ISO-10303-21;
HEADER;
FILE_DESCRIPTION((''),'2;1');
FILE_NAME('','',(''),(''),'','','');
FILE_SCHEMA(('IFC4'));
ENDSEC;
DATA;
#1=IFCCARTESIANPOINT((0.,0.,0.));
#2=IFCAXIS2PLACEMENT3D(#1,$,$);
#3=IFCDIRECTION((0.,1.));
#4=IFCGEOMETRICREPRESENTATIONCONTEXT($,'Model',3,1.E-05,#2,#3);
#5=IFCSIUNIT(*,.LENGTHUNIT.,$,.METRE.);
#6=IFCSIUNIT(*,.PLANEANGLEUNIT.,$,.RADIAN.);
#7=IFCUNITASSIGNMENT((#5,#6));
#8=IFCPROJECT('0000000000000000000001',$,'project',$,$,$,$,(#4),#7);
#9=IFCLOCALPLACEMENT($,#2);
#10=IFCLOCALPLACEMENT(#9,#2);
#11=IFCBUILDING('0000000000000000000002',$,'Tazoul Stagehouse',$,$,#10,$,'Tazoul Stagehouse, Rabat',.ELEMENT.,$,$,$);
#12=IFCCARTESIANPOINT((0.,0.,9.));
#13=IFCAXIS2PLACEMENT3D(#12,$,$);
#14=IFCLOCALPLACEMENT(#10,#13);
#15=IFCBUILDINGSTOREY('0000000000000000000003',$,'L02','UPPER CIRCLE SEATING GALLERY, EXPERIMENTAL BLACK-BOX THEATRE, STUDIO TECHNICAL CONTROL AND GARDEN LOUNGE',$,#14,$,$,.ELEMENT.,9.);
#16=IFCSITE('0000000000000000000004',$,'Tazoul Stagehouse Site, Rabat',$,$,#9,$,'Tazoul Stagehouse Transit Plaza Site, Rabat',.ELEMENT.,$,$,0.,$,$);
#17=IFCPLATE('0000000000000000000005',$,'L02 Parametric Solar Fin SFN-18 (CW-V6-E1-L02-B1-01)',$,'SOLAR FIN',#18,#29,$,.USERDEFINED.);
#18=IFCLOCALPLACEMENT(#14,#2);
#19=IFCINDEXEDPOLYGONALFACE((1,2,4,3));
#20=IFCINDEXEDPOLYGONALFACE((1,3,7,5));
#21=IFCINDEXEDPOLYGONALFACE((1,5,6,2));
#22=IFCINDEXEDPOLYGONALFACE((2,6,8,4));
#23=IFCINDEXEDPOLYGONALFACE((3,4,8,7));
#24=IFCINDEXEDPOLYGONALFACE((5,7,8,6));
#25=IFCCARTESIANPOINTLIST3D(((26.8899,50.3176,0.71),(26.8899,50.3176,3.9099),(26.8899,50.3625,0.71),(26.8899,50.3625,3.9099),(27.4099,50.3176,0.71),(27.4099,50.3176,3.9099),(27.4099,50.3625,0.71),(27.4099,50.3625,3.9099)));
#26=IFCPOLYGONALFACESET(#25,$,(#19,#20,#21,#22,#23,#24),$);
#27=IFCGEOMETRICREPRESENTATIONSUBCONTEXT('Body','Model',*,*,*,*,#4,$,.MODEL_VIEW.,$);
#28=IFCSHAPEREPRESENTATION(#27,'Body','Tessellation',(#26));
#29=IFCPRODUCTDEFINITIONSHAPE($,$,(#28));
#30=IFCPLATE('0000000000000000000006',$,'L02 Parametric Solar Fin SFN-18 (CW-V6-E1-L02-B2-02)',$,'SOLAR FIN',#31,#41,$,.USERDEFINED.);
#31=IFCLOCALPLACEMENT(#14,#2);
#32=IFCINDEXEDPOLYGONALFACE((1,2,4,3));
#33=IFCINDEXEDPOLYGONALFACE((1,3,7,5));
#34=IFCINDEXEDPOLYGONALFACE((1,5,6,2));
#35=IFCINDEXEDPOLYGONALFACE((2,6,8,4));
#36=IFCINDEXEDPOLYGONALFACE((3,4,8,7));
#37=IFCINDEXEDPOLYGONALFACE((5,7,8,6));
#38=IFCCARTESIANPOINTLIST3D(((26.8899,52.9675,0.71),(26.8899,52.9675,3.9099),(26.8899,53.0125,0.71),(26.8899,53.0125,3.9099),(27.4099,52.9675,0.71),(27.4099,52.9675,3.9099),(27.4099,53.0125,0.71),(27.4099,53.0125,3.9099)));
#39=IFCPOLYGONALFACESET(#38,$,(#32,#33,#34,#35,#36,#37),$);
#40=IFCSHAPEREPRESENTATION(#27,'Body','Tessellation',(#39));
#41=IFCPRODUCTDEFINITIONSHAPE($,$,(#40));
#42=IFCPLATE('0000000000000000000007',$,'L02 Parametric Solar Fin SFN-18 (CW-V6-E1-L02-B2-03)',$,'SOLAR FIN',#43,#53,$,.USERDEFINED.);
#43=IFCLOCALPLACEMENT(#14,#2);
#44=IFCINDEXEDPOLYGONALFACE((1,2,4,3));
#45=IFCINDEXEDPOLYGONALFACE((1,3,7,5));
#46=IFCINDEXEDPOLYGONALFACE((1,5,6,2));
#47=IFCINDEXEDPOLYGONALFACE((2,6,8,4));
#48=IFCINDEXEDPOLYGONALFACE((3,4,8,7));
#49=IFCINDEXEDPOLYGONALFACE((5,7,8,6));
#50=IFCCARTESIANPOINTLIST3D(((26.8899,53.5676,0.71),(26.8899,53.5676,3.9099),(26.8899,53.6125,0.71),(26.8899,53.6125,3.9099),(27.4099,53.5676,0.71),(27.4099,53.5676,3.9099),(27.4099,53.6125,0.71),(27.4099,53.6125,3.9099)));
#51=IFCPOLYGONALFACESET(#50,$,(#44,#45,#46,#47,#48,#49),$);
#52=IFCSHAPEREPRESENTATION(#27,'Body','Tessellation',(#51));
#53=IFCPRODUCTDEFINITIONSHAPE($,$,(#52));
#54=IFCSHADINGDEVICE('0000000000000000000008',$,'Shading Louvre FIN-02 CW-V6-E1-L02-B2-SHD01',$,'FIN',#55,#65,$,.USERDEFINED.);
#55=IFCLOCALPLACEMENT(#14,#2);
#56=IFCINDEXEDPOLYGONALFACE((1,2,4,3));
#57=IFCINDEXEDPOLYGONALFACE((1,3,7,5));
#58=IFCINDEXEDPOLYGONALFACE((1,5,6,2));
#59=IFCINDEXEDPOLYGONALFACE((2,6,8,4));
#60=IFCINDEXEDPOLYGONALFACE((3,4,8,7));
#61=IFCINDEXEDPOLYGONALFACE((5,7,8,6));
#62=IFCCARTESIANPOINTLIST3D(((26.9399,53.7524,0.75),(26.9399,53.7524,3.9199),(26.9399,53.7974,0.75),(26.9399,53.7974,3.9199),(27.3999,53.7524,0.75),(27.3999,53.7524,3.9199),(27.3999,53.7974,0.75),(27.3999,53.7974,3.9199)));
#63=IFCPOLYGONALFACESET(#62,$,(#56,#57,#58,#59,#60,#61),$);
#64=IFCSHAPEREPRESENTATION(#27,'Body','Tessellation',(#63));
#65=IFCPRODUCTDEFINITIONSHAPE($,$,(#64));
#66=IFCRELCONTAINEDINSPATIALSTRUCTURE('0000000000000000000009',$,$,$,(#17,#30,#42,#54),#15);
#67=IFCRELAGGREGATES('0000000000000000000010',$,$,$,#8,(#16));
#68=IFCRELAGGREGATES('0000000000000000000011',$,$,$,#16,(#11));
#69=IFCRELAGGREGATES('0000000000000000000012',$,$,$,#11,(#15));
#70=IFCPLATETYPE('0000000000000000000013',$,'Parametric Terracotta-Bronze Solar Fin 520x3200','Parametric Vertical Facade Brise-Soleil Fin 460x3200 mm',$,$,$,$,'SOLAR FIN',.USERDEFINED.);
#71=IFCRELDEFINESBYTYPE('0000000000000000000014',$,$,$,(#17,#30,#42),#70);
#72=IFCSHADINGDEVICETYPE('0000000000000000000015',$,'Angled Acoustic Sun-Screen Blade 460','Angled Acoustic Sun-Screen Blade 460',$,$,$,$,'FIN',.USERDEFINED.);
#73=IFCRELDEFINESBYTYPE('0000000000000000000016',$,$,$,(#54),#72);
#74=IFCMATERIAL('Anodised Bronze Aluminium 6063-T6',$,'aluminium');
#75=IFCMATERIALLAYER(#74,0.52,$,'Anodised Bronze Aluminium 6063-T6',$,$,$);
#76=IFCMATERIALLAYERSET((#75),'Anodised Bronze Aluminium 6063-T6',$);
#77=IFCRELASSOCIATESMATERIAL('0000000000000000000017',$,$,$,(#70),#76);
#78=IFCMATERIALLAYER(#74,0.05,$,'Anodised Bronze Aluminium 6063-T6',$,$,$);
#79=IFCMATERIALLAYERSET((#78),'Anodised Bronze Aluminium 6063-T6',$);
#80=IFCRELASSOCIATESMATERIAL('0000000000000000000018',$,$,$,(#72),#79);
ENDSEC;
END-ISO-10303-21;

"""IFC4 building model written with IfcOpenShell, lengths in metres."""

from ifc_helpers import new_model, si_unit, direction, frame, origin, origin_2d, place, context, subcontext, project, spatial, rectangle, extrude, material, layer, layer_set, type_object, element, save


model = new_model("IFC4")

# Units and contexts
model_context = context("Model", 3, precision=1e-05, world=origin(), true_north=direction((0.0, 1.0)))
body_context = subcontext(model_context, "Body", "Model", "MODEL_VIEW")
ifc_project = project(units=[si_unit("LENGTHUNIT", "METRE"), si_unit("PLANEANGLEUNIT", "RADIAN")], contexts=[model_context])

# Shared definitions
ifc_material_1 = material(Name="Anodised Bronze Aluminium 6063-T6", Category="aluminium")
site_placement = place(None, origin())
building_placement = place(site_placement, origin())
storey_placement = place(building_placement, frame((0.0, 0.0, 9.0)))

# Site, building, storey
site = spatial("IfcSite", under=ifc_project, at=site_placement, Name="Tazoul Stagehouse Site, Rabat", LongName="Tazoul Stagehouse Transit Plaza Site, Rabat", CompositionType="ELEMENT", RefElevation=0.0)
building = spatial("IfcBuilding", under=site, at=building_placement, Name="Tazoul Stagehouse", LongName="Tazoul Stagehouse, Rabat", CompositionType="ELEMENT")
storey = spatial("IfcBuildingStorey", under=building, at=storey_placement, Name="L02", Description="UPPER CIRCLE SEATING GALLERY, EXPERIMENTAL BLACK-BOX THEATRE, STUDIO TECHNICAL CONTROL AND GARDEN LOUNGE", CompositionType="ELEMENT", Elevation=9.0)

# Plates
ifc_layer_1 = layer(ifc_material_1, 0.52, Name="Anodised Bronze Aluminium 6063-T6")
ifc_layer_set_1 = layer_set([ifc_layer_1], Name="Anodised Bronze Aluminium 6063-T6")
plate_type_1 = type_object("IfcPlateType", Name="Parametric Terracotta-Bronze Solar Fin 520x3200", Description="Parametric Vertical Facade Brise-Soleil Fin 460x3200 mm", ElementType="SOLAR FIN", PredefinedType="USERDEFINED", material=ifc_layer_set_1)
for number, where, z_axis, x_axis, name in (
    (1, (27.1499, 50.3401, 0.71), (0.0, 0.0, 1.0), (0.0, 1.0, 0.0), "L02 Parametric Solar Fin SFN-18 (CW-V6-E1-L02-B1-01)"),
    (2, (27.1499, 52.99, 0.71), (0.0, 0.0, 1.0), (0.0, 1.0, 0.0), "L02 Parametric Solar Fin SFN-18 (CW-V6-E1-L02-B2-02)"),
    (3, (27.1499, 53.5901, 0.71), (0.0, 0.0, 1.0), (0.0, 1.0, 0.0), "L02 Parametric Solar Fin SFN-18 (CW-V6-E1-L02-B2-03)"),
):
    element("IfcPlate", number, at=place(storey_placement, frame(where, z_axis=z_axis, x_axis=x_axis)), inside=storey, type_object=plate_type_1, Name=name, ObjectType="SOLAR FIN", PredefinedType="USERDEFINED", context=body_context, shape_type="SweptSolid", body=[
        extrude(rectangle(XDim=0.0449, YDim=0.52, at=origin_2d()), origin(), (0.0, 0.0, 1.0), 3.2),
    ])

# Shading device
ifc_layer_2 = layer(ifc_material_1, 0.05, Name="Anodised Bronze Aluminium 6063-T6")
ifc_layer_set_2 = layer_set([ifc_layer_2], Name="Anodised Bronze Aluminium 6063-T6")
shading_device_type = type_object("IfcShadingDeviceType", Name="Angled Acoustic Sun-Screen Blade 460", Description="Angled Acoustic Sun-Screen Blade 460", ElementType="FIN", PredefinedType="USERDEFINED", material=ifc_layer_set_2)
shading_device_placement = place(storey_placement, frame((27.1699, 53.7749, 0.75), z_axis=(0.0, 0.0, 1.0), x_axis=(0.0, 1.0, 0.0)))
element("IfcShadingDevice", 4, at=shading_device_placement, inside=storey, type_object=shading_device_type, Name="Shading Louvre FIN-02 CW-V6-E1-L02-B2-SHD01", ObjectType="FIN", PredefinedType="USERDEFINED", context=body_context, shape_type="SweptSolid", body=[
    extrude(rectangle(XDim=0.0449, YDim=0.46, at=origin_2d()), origin(), (0.0, 0.0, 1.0), 3.1699),
])

save(model, "model.ifc")
